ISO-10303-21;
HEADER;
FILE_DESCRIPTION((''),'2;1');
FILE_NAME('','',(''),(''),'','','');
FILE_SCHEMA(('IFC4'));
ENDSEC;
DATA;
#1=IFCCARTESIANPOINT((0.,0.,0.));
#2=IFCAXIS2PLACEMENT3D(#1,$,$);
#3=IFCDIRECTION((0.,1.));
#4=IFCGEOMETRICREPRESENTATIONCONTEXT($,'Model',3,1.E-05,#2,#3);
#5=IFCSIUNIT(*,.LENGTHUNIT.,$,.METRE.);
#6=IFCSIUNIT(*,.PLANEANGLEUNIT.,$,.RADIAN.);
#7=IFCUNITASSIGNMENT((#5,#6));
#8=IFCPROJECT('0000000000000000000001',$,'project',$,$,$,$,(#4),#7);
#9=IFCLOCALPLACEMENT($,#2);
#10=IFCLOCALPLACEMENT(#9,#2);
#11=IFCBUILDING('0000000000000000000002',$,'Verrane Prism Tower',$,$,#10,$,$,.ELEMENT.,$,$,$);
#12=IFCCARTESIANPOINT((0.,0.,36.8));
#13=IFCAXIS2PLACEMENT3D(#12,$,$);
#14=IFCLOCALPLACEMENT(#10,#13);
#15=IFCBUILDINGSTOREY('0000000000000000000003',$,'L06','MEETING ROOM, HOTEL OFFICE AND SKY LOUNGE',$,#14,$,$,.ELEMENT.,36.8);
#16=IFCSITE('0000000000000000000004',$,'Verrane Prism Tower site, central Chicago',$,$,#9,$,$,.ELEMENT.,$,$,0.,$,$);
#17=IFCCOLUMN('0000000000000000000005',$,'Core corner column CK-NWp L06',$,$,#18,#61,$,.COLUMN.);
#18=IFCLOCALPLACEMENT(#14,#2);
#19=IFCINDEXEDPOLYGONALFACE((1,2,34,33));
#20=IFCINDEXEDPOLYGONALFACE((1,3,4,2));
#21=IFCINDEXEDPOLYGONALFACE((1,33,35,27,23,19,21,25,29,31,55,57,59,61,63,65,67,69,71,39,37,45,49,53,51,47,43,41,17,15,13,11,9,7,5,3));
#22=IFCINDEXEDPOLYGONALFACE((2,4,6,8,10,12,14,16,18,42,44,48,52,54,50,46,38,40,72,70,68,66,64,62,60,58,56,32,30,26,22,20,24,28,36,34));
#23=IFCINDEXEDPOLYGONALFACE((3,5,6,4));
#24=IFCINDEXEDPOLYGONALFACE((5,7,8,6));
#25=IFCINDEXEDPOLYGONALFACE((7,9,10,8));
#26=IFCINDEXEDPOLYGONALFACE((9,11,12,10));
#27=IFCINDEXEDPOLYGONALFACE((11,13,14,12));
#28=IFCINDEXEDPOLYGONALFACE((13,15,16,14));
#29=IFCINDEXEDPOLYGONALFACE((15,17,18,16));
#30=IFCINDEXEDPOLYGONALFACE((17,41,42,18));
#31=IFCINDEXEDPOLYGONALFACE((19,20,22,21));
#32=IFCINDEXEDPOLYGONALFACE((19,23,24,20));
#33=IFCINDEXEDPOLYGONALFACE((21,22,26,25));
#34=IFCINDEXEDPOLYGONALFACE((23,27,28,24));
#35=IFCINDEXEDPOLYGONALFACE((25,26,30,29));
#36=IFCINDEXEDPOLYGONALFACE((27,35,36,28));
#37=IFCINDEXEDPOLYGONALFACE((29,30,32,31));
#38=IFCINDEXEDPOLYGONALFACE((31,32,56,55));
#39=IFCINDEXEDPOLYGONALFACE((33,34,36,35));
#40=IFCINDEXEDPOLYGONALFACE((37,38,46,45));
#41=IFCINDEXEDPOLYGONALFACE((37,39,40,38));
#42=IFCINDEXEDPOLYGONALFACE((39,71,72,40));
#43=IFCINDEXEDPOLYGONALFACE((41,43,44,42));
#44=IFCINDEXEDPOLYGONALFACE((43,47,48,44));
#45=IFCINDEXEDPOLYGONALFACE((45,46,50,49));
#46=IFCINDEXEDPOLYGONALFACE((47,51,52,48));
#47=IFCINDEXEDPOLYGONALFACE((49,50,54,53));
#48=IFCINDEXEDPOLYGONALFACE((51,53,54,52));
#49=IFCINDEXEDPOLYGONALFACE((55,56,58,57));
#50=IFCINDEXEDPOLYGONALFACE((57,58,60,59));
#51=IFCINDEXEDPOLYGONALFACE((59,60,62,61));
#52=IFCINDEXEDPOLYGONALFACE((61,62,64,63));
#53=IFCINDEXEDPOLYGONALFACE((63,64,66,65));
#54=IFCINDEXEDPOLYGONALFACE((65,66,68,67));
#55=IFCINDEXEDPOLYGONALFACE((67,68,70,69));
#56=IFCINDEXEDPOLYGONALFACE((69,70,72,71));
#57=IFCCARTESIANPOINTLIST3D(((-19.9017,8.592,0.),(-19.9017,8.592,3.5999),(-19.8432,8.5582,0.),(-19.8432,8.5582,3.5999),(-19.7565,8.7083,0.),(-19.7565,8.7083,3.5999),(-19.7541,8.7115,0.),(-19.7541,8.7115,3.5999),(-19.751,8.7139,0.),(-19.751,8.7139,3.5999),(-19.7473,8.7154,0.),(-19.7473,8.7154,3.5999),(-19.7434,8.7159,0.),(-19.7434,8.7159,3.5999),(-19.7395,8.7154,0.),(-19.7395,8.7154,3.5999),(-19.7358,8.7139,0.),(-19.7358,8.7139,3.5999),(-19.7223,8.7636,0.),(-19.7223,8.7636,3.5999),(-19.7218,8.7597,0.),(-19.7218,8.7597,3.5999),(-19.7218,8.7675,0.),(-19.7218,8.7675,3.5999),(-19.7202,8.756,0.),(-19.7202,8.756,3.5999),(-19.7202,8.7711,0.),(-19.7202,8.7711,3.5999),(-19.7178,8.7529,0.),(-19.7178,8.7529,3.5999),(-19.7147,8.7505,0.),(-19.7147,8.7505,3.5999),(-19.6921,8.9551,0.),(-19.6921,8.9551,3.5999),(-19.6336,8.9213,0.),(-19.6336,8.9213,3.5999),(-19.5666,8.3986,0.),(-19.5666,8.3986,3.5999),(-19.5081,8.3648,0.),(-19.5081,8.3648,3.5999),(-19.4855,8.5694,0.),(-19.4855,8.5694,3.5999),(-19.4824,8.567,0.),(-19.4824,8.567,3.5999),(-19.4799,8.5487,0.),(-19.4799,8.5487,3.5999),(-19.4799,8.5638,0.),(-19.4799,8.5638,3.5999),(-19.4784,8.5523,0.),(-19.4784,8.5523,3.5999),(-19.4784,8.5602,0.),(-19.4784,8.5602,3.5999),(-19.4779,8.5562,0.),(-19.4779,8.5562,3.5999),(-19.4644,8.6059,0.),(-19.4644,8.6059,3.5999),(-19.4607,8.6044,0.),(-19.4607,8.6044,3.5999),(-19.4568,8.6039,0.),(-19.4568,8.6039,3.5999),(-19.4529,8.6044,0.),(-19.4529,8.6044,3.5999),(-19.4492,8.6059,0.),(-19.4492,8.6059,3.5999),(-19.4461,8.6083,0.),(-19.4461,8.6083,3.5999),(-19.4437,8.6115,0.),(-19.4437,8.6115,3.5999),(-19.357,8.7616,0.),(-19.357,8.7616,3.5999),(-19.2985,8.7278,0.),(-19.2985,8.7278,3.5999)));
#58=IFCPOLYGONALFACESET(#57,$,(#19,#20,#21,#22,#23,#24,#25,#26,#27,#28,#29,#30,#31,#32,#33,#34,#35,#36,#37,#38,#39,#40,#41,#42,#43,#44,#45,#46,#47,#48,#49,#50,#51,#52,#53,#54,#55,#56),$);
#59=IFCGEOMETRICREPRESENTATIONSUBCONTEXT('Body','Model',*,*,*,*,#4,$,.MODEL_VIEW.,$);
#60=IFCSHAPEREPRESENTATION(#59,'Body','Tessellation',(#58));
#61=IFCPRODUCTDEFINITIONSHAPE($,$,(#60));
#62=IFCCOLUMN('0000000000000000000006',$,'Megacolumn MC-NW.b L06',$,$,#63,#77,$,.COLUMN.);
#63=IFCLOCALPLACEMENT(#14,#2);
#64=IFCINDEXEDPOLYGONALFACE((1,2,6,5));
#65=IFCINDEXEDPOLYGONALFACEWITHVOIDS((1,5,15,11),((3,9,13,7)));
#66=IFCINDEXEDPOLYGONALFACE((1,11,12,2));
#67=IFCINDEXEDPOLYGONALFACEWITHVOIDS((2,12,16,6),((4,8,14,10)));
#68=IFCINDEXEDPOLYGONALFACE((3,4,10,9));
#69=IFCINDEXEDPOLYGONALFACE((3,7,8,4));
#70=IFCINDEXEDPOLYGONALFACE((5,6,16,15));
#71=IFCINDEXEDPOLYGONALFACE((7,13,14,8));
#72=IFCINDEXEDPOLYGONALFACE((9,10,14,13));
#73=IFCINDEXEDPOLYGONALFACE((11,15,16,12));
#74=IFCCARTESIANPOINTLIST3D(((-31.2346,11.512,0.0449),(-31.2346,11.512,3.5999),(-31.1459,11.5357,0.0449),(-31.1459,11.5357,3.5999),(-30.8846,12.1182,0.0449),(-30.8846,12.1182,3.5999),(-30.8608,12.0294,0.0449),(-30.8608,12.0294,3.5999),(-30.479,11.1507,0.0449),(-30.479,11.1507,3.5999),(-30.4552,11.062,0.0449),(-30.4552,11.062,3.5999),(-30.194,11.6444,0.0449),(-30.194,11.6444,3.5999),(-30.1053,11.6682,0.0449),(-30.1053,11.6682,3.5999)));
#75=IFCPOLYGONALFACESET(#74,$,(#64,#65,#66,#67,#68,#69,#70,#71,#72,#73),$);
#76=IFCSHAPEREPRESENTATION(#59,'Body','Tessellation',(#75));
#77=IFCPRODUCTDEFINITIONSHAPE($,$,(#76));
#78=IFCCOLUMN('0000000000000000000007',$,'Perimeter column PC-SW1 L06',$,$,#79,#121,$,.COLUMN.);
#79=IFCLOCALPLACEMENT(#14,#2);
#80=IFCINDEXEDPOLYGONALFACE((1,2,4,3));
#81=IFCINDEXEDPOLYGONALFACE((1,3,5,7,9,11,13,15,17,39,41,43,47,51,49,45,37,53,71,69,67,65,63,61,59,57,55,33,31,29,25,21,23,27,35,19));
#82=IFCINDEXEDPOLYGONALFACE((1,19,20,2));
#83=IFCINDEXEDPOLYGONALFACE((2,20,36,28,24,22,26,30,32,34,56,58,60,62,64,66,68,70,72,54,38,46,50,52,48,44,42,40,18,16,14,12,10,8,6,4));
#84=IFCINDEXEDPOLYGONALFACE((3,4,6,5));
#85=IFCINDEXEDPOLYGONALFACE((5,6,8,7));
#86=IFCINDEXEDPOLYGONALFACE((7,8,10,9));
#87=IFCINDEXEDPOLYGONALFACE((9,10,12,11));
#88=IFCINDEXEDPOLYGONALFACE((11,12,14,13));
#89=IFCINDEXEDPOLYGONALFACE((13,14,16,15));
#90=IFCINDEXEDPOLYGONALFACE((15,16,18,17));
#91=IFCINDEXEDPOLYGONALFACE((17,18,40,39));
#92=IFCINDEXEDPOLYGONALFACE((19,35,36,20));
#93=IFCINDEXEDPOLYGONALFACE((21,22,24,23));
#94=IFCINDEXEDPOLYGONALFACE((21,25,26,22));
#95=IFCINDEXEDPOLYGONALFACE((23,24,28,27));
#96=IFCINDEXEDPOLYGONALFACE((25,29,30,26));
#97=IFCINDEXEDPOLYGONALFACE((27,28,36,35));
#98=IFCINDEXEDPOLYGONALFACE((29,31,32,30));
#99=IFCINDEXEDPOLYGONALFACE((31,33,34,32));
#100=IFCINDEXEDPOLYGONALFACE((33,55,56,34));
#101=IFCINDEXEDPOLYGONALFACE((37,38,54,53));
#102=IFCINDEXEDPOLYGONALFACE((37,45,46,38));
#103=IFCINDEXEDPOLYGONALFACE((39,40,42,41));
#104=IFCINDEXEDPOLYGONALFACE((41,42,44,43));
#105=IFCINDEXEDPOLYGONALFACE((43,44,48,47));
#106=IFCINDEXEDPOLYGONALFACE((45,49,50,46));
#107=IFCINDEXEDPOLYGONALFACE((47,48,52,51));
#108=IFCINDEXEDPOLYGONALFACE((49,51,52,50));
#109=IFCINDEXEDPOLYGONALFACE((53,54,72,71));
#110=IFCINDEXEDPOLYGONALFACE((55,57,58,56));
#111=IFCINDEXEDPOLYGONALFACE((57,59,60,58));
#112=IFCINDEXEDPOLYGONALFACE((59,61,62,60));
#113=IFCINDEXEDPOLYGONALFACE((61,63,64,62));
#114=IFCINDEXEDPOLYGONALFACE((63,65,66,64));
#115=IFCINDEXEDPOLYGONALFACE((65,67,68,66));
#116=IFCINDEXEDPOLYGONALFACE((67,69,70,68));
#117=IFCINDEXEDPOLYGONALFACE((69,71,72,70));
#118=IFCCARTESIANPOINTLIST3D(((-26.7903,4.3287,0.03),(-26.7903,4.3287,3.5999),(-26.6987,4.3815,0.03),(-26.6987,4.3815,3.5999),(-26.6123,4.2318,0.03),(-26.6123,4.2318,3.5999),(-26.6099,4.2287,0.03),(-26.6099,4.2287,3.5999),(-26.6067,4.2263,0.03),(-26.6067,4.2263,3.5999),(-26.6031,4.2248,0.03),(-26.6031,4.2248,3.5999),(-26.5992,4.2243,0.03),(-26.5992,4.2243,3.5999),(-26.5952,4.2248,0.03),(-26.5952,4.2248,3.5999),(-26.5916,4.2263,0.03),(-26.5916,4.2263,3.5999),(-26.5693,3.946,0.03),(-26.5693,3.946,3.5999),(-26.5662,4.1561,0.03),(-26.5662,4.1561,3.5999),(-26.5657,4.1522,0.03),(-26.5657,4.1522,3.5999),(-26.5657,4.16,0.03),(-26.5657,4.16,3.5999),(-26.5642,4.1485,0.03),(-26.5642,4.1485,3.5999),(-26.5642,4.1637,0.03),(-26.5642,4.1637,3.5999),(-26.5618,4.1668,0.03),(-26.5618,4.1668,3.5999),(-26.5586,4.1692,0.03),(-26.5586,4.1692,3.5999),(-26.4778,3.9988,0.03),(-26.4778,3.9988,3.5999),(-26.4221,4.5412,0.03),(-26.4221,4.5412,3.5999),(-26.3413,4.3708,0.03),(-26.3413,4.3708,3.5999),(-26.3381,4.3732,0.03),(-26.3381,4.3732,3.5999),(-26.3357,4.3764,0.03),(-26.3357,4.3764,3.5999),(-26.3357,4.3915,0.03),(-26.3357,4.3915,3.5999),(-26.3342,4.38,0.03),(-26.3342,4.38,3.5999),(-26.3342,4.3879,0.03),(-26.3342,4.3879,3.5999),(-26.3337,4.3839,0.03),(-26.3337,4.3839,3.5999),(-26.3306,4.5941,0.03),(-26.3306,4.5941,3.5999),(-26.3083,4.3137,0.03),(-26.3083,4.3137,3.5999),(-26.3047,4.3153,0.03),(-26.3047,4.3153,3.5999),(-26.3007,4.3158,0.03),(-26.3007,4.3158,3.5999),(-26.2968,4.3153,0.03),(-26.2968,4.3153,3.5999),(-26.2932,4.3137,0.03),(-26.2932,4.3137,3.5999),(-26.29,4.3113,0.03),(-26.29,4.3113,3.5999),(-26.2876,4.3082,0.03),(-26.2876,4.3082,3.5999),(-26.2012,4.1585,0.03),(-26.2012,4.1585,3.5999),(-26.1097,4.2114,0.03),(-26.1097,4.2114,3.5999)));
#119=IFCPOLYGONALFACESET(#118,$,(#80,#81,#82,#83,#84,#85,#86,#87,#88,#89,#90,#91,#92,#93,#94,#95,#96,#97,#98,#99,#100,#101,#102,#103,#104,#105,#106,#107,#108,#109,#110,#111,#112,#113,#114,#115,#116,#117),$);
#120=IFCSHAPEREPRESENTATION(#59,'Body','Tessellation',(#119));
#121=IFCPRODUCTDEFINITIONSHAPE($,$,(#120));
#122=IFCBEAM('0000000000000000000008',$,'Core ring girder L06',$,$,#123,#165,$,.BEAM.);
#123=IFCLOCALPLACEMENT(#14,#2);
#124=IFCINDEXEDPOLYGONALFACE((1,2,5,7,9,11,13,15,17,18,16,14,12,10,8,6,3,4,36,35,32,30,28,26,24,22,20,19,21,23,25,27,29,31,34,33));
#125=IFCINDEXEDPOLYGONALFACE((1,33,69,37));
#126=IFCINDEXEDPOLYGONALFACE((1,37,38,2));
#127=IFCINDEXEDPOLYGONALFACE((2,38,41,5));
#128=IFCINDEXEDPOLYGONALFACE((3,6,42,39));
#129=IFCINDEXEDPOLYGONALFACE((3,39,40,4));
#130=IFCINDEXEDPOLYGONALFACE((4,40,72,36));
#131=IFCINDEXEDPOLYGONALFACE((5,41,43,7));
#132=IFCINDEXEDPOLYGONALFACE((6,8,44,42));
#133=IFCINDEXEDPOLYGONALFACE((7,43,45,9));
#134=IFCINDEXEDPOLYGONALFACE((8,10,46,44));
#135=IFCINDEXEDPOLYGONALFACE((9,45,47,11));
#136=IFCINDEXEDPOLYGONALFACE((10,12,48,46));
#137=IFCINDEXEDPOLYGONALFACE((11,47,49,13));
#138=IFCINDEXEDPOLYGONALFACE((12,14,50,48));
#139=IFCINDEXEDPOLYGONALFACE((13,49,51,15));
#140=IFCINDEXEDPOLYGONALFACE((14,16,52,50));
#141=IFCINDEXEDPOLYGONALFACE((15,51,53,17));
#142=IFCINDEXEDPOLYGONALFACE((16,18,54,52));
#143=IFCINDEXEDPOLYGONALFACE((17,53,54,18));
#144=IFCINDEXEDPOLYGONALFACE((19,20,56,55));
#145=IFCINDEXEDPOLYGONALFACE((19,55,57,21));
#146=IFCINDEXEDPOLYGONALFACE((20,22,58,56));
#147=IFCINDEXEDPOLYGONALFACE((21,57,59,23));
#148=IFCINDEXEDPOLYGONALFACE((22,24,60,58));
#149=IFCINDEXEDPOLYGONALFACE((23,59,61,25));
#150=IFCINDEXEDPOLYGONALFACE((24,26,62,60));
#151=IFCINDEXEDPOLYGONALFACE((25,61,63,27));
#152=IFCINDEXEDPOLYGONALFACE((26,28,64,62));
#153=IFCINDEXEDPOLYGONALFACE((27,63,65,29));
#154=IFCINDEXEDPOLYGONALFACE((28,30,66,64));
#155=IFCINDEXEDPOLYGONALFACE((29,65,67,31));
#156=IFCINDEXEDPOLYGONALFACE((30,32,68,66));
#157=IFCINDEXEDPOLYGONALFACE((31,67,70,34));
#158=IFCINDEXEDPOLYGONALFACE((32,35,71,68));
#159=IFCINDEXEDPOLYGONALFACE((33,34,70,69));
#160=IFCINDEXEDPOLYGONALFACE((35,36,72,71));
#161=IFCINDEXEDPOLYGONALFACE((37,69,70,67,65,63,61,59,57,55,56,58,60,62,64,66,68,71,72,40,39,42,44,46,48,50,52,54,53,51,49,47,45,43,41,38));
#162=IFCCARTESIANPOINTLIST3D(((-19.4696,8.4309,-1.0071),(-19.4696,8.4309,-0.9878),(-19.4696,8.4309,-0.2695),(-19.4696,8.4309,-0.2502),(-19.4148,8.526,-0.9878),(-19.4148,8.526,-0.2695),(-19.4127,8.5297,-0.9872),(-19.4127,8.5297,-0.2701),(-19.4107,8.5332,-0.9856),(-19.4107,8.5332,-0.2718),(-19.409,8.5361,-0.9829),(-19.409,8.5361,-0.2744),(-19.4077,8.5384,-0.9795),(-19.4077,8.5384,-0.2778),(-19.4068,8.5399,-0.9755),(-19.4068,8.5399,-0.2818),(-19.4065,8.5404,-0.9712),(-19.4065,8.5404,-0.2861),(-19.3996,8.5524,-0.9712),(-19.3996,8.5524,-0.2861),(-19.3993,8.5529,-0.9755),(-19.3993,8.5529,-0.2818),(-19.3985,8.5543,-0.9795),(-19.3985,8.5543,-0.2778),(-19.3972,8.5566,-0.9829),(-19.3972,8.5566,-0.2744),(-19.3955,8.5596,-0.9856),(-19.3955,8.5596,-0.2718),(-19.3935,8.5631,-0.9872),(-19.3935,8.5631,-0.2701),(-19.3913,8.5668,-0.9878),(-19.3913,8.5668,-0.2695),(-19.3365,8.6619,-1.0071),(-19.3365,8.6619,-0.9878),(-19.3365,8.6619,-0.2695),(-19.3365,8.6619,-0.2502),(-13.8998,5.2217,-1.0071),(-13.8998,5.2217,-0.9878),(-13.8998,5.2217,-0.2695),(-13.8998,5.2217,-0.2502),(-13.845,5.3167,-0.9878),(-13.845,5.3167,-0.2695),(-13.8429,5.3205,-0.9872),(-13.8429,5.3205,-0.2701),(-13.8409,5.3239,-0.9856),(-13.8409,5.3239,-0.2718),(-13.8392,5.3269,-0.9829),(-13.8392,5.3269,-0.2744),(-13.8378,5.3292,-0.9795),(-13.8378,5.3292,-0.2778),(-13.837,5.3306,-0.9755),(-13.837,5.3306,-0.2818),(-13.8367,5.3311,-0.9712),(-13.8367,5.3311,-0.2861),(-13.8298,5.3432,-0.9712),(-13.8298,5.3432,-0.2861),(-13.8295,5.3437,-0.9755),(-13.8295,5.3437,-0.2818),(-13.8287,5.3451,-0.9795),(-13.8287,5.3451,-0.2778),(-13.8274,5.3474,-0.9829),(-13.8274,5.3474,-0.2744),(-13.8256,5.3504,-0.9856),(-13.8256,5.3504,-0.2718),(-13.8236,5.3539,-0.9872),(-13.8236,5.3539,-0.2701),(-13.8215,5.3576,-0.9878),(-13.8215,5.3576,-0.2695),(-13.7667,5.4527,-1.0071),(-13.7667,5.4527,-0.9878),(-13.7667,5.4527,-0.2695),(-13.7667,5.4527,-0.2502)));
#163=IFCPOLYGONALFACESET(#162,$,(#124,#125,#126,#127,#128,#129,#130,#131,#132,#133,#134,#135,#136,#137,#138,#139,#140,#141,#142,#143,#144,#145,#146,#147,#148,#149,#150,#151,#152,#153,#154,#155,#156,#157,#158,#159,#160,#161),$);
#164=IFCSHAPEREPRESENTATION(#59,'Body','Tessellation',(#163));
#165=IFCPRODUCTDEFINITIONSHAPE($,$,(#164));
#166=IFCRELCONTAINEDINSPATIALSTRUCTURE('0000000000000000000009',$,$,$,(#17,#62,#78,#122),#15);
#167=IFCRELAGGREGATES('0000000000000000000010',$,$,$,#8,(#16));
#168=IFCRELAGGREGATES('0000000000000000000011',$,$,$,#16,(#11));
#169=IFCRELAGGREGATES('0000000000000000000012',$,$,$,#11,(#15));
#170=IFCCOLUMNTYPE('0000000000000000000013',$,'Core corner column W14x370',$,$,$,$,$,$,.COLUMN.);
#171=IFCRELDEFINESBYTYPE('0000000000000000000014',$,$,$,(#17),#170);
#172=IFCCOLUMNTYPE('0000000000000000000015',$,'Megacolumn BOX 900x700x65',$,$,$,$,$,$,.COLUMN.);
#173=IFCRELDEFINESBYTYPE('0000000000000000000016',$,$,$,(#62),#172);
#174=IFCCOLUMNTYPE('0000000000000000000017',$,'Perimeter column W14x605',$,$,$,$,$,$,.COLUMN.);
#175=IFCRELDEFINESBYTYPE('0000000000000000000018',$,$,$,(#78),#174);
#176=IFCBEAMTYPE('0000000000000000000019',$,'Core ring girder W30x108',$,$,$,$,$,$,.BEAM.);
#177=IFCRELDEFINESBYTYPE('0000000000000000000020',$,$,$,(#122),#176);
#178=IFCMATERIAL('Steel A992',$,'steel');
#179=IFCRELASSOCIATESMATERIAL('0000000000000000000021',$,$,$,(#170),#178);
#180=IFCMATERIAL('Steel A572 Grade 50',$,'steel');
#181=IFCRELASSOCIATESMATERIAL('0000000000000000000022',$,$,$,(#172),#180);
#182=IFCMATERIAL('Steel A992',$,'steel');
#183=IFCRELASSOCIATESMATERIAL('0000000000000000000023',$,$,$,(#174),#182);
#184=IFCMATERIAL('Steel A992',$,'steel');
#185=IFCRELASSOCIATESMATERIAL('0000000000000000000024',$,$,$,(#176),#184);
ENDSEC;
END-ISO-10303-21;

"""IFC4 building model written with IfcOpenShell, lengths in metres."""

from ifc_helpers import new_model, si_unit, direction, frame, origin, origin_2d, place, context, subcontext, project, spatial, hollow_rectangle, i_section, extrude, material, material_profile, profile_set, type_object, element, save


model = new_model("IFC4")

# Units and contexts
model_context = context("Model", 3, precision=1e-05, world=origin(), true_north=direction((0.0, 1.0)))
body_context = subcontext(model_context, "Body", "Model", "MODEL_VIEW")
ifc_project = project(units=[si_unit("LENGTHUNIT", "METRE"), si_unit("PLANEANGLEUNIT", "RADIAN")], contexts=[model_context])

# Site, building, storey
site_placement = place(None, origin())
site = spatial("IfcSite", under=ifc_project, at=site_placement, Name="Verrane Prism Tower site, central Chicago", CompositionType="ELEMENT", RefElevation=0.0)
building_placement = place(site_placement, origin())
building = spatial("IfcBuilding", under=site, at=building_placement, Name="Verrane Prism Tower", CompositionType="ELEMENT")
storey_placement = place(building_placement, frame((0.0, 0.0, 36.8)))
storey = spatial("IfcBuildingStorey", under=building, at=storey_placement, Name="L06", Description="MEETING ROOM, HOTEL OFFICE AND SKY LOUNGE", CompositionType="ELEMENT", Elevation=36.8)

# Columns
ifc_material_1 = material(Name="Steel A992", Category="steel")
ifc_material_profile_1 = material_profile(ifc_material_1, i_section(OverallWidth=0.4192, OverallDepth=0.4546, WebThickness=0.0422, FlangeThickness=0.0676, FilletRadius=0.0151, at=origin_2d()), Name="W14x370")
ifc_profile_set_1 = profile_set([ifc_material_profile_1], Name="Steel A992")
column_type_1 = type_object("IfcColumnType", Name="Core corner column W14x370", PredefinedType="COLUMN", material=ifc_profile_set_1)
column_1_placement = place(storey_placement, frame((-19.6001, 8.6599, 0.0), z_axis=(0.0, 0.0, 1.0), x_axis=(0.5, 0.866025, 0.0)))
element("IfcColumn", 1, at=column_1_placement, inside=storey, type_object=column_type_1, Name="Core corner column CK-NWp L06", PredefinedType="COLUMN", context=body_context, shape_type="SweptSolid", body=[
    extrude(i_section(OverallWidth=0.4192, OverallDepth=0.4546, WebThickness=0.0422, FlangeThickness=0.0676, FilletRadius=0.0151, at=origin_2d()), origin(), (0.0, 0.0, 1.0), 3.5999),
])
ifc_material_2 = material(Name="Steel A572 Grade 50", Category="steel")
ifc_material_profile_2 = material_profile(ifc_material_2, hollow_rectangle(XDim=0.7, YDim=0.8999, WallThickness=0.0649, at=origin_2d()), Name="BOX 900x700x65")
ifc_profile_set_2 = profile_set([ifc_material_profile_2], Name="Steel A572 Grade 50")
column_type_2 = type_object("IfcColumnType", Name="Megacolumn BOX 900x700x65", PredefinedType="COLUMN", material=ifc_profile_set_2)
column_2_placement = place(storey_placement, frame((-30.6699, 11.5901, 0.0449), z_axis=(0.0, 0.0, 1.0), x_axis=(0.5, 0.866025, 0.0)))
element("IfcColumn", 2, at=column_2_placement, inside=storey, type_object=column_type_2, Name="Megacolumn MC-NW.b L06", PredefinedType="COLUMN", context=body_context, shape_type="SweptSolid", body=[
    extrude(hollow_rectangle(XDim=0.7, YDim=0.8999, WallThickness=0.0649, at=origin_2d()), origin(), (0.0, 0.0, 1.0), 3.5549),
])
ifc_material_3 = material(Name="Steel A992", Category="steel")
ifc_material_profile_3 = material_profile(ifc_material_3, i_section(OverallWidth=0.4419, OverallDepth=0.5308, WebThickness=0.0659, FlangeThickness=0.1057, FilletRadius=0.0151, at=origin_2d()), Name="W14x605")
ifc_profile_set_3 = profile_set([ifc_material_profile_3], Name="Steel A992")
column_type_3 = type_object("IfcColumnType", Name="Perimeter column W14x605", PredefinedType="COLUMN", material=ifc_profile_set_3)
column_3_placement = place(storey_placement, frame((-26.45, 4.27, 0.03), z_axis=(0.0, 0.0, 1.0), x_axis=(-0.5, 0.866025, 0.0)))
element("IfcColumn", 3, at=column_3_placement, inside=storey, type_object=column_type_3, Name="Perimeter column PC-SW1 L06", PredefinedType="COLUMN", context=body_context, shape_type="SweptSolid", body=[
    extrude(i_section(OverallWidth=0.4419, OverallDepth=0.5308, WebThickness=0.0659, FlangeThickness=0.1057, FilletRadius=0.0151, at=origin_2d()), origin(), (0.0, 0.0, 1.0), 3.5698),
])

# Beam
ifc_material_4 = material(Name="Steel A992", Category="steel")
ifc_material_profile_4 = material_profile(ifc_material_4, i_section(OverallWidth=0.2666, OverallDepth=0.7568, WebThickness=0.0139, FlangeThickness=0.0193, FilletRadius=0.0166, at=origin_2d()), Name="W30x108")
ifc_profile_set_4 = profile_set([ifc_material_profile_4], Name="Steel A992")
beam_type_1 = type_object("IfcBeamType", Name="Core ring girder W30x108", PredefinedType="BEAM", material=ifc_profile_set_4)
beam_1_placement = place(storey_placement, frame((-19.4031, 8.5464, -0.6287), z_axis=(0.866464, -0.49924, 0.0), x_axis=(0.49924, 0.866464, 0.0)))
element("IfcBeam", 4, at=beam_1_placement, inside=storey, type_object=beam_type_1, Name="Core ring girder L06", PredefinedType="BEAM", context=body_context, shape_type="SweptSolid", body=[
    extrude(i_section(OverallWidth=0.2666, OverallDepth=0.7568, WebThickness=0.0139, FlangeThickness=0.0193, FilletRadius=0.0166, at=origin_2d()), origin(), (0.0, 0.0, 1.0), 6.4282),
])

save(model, "model.ifc")
